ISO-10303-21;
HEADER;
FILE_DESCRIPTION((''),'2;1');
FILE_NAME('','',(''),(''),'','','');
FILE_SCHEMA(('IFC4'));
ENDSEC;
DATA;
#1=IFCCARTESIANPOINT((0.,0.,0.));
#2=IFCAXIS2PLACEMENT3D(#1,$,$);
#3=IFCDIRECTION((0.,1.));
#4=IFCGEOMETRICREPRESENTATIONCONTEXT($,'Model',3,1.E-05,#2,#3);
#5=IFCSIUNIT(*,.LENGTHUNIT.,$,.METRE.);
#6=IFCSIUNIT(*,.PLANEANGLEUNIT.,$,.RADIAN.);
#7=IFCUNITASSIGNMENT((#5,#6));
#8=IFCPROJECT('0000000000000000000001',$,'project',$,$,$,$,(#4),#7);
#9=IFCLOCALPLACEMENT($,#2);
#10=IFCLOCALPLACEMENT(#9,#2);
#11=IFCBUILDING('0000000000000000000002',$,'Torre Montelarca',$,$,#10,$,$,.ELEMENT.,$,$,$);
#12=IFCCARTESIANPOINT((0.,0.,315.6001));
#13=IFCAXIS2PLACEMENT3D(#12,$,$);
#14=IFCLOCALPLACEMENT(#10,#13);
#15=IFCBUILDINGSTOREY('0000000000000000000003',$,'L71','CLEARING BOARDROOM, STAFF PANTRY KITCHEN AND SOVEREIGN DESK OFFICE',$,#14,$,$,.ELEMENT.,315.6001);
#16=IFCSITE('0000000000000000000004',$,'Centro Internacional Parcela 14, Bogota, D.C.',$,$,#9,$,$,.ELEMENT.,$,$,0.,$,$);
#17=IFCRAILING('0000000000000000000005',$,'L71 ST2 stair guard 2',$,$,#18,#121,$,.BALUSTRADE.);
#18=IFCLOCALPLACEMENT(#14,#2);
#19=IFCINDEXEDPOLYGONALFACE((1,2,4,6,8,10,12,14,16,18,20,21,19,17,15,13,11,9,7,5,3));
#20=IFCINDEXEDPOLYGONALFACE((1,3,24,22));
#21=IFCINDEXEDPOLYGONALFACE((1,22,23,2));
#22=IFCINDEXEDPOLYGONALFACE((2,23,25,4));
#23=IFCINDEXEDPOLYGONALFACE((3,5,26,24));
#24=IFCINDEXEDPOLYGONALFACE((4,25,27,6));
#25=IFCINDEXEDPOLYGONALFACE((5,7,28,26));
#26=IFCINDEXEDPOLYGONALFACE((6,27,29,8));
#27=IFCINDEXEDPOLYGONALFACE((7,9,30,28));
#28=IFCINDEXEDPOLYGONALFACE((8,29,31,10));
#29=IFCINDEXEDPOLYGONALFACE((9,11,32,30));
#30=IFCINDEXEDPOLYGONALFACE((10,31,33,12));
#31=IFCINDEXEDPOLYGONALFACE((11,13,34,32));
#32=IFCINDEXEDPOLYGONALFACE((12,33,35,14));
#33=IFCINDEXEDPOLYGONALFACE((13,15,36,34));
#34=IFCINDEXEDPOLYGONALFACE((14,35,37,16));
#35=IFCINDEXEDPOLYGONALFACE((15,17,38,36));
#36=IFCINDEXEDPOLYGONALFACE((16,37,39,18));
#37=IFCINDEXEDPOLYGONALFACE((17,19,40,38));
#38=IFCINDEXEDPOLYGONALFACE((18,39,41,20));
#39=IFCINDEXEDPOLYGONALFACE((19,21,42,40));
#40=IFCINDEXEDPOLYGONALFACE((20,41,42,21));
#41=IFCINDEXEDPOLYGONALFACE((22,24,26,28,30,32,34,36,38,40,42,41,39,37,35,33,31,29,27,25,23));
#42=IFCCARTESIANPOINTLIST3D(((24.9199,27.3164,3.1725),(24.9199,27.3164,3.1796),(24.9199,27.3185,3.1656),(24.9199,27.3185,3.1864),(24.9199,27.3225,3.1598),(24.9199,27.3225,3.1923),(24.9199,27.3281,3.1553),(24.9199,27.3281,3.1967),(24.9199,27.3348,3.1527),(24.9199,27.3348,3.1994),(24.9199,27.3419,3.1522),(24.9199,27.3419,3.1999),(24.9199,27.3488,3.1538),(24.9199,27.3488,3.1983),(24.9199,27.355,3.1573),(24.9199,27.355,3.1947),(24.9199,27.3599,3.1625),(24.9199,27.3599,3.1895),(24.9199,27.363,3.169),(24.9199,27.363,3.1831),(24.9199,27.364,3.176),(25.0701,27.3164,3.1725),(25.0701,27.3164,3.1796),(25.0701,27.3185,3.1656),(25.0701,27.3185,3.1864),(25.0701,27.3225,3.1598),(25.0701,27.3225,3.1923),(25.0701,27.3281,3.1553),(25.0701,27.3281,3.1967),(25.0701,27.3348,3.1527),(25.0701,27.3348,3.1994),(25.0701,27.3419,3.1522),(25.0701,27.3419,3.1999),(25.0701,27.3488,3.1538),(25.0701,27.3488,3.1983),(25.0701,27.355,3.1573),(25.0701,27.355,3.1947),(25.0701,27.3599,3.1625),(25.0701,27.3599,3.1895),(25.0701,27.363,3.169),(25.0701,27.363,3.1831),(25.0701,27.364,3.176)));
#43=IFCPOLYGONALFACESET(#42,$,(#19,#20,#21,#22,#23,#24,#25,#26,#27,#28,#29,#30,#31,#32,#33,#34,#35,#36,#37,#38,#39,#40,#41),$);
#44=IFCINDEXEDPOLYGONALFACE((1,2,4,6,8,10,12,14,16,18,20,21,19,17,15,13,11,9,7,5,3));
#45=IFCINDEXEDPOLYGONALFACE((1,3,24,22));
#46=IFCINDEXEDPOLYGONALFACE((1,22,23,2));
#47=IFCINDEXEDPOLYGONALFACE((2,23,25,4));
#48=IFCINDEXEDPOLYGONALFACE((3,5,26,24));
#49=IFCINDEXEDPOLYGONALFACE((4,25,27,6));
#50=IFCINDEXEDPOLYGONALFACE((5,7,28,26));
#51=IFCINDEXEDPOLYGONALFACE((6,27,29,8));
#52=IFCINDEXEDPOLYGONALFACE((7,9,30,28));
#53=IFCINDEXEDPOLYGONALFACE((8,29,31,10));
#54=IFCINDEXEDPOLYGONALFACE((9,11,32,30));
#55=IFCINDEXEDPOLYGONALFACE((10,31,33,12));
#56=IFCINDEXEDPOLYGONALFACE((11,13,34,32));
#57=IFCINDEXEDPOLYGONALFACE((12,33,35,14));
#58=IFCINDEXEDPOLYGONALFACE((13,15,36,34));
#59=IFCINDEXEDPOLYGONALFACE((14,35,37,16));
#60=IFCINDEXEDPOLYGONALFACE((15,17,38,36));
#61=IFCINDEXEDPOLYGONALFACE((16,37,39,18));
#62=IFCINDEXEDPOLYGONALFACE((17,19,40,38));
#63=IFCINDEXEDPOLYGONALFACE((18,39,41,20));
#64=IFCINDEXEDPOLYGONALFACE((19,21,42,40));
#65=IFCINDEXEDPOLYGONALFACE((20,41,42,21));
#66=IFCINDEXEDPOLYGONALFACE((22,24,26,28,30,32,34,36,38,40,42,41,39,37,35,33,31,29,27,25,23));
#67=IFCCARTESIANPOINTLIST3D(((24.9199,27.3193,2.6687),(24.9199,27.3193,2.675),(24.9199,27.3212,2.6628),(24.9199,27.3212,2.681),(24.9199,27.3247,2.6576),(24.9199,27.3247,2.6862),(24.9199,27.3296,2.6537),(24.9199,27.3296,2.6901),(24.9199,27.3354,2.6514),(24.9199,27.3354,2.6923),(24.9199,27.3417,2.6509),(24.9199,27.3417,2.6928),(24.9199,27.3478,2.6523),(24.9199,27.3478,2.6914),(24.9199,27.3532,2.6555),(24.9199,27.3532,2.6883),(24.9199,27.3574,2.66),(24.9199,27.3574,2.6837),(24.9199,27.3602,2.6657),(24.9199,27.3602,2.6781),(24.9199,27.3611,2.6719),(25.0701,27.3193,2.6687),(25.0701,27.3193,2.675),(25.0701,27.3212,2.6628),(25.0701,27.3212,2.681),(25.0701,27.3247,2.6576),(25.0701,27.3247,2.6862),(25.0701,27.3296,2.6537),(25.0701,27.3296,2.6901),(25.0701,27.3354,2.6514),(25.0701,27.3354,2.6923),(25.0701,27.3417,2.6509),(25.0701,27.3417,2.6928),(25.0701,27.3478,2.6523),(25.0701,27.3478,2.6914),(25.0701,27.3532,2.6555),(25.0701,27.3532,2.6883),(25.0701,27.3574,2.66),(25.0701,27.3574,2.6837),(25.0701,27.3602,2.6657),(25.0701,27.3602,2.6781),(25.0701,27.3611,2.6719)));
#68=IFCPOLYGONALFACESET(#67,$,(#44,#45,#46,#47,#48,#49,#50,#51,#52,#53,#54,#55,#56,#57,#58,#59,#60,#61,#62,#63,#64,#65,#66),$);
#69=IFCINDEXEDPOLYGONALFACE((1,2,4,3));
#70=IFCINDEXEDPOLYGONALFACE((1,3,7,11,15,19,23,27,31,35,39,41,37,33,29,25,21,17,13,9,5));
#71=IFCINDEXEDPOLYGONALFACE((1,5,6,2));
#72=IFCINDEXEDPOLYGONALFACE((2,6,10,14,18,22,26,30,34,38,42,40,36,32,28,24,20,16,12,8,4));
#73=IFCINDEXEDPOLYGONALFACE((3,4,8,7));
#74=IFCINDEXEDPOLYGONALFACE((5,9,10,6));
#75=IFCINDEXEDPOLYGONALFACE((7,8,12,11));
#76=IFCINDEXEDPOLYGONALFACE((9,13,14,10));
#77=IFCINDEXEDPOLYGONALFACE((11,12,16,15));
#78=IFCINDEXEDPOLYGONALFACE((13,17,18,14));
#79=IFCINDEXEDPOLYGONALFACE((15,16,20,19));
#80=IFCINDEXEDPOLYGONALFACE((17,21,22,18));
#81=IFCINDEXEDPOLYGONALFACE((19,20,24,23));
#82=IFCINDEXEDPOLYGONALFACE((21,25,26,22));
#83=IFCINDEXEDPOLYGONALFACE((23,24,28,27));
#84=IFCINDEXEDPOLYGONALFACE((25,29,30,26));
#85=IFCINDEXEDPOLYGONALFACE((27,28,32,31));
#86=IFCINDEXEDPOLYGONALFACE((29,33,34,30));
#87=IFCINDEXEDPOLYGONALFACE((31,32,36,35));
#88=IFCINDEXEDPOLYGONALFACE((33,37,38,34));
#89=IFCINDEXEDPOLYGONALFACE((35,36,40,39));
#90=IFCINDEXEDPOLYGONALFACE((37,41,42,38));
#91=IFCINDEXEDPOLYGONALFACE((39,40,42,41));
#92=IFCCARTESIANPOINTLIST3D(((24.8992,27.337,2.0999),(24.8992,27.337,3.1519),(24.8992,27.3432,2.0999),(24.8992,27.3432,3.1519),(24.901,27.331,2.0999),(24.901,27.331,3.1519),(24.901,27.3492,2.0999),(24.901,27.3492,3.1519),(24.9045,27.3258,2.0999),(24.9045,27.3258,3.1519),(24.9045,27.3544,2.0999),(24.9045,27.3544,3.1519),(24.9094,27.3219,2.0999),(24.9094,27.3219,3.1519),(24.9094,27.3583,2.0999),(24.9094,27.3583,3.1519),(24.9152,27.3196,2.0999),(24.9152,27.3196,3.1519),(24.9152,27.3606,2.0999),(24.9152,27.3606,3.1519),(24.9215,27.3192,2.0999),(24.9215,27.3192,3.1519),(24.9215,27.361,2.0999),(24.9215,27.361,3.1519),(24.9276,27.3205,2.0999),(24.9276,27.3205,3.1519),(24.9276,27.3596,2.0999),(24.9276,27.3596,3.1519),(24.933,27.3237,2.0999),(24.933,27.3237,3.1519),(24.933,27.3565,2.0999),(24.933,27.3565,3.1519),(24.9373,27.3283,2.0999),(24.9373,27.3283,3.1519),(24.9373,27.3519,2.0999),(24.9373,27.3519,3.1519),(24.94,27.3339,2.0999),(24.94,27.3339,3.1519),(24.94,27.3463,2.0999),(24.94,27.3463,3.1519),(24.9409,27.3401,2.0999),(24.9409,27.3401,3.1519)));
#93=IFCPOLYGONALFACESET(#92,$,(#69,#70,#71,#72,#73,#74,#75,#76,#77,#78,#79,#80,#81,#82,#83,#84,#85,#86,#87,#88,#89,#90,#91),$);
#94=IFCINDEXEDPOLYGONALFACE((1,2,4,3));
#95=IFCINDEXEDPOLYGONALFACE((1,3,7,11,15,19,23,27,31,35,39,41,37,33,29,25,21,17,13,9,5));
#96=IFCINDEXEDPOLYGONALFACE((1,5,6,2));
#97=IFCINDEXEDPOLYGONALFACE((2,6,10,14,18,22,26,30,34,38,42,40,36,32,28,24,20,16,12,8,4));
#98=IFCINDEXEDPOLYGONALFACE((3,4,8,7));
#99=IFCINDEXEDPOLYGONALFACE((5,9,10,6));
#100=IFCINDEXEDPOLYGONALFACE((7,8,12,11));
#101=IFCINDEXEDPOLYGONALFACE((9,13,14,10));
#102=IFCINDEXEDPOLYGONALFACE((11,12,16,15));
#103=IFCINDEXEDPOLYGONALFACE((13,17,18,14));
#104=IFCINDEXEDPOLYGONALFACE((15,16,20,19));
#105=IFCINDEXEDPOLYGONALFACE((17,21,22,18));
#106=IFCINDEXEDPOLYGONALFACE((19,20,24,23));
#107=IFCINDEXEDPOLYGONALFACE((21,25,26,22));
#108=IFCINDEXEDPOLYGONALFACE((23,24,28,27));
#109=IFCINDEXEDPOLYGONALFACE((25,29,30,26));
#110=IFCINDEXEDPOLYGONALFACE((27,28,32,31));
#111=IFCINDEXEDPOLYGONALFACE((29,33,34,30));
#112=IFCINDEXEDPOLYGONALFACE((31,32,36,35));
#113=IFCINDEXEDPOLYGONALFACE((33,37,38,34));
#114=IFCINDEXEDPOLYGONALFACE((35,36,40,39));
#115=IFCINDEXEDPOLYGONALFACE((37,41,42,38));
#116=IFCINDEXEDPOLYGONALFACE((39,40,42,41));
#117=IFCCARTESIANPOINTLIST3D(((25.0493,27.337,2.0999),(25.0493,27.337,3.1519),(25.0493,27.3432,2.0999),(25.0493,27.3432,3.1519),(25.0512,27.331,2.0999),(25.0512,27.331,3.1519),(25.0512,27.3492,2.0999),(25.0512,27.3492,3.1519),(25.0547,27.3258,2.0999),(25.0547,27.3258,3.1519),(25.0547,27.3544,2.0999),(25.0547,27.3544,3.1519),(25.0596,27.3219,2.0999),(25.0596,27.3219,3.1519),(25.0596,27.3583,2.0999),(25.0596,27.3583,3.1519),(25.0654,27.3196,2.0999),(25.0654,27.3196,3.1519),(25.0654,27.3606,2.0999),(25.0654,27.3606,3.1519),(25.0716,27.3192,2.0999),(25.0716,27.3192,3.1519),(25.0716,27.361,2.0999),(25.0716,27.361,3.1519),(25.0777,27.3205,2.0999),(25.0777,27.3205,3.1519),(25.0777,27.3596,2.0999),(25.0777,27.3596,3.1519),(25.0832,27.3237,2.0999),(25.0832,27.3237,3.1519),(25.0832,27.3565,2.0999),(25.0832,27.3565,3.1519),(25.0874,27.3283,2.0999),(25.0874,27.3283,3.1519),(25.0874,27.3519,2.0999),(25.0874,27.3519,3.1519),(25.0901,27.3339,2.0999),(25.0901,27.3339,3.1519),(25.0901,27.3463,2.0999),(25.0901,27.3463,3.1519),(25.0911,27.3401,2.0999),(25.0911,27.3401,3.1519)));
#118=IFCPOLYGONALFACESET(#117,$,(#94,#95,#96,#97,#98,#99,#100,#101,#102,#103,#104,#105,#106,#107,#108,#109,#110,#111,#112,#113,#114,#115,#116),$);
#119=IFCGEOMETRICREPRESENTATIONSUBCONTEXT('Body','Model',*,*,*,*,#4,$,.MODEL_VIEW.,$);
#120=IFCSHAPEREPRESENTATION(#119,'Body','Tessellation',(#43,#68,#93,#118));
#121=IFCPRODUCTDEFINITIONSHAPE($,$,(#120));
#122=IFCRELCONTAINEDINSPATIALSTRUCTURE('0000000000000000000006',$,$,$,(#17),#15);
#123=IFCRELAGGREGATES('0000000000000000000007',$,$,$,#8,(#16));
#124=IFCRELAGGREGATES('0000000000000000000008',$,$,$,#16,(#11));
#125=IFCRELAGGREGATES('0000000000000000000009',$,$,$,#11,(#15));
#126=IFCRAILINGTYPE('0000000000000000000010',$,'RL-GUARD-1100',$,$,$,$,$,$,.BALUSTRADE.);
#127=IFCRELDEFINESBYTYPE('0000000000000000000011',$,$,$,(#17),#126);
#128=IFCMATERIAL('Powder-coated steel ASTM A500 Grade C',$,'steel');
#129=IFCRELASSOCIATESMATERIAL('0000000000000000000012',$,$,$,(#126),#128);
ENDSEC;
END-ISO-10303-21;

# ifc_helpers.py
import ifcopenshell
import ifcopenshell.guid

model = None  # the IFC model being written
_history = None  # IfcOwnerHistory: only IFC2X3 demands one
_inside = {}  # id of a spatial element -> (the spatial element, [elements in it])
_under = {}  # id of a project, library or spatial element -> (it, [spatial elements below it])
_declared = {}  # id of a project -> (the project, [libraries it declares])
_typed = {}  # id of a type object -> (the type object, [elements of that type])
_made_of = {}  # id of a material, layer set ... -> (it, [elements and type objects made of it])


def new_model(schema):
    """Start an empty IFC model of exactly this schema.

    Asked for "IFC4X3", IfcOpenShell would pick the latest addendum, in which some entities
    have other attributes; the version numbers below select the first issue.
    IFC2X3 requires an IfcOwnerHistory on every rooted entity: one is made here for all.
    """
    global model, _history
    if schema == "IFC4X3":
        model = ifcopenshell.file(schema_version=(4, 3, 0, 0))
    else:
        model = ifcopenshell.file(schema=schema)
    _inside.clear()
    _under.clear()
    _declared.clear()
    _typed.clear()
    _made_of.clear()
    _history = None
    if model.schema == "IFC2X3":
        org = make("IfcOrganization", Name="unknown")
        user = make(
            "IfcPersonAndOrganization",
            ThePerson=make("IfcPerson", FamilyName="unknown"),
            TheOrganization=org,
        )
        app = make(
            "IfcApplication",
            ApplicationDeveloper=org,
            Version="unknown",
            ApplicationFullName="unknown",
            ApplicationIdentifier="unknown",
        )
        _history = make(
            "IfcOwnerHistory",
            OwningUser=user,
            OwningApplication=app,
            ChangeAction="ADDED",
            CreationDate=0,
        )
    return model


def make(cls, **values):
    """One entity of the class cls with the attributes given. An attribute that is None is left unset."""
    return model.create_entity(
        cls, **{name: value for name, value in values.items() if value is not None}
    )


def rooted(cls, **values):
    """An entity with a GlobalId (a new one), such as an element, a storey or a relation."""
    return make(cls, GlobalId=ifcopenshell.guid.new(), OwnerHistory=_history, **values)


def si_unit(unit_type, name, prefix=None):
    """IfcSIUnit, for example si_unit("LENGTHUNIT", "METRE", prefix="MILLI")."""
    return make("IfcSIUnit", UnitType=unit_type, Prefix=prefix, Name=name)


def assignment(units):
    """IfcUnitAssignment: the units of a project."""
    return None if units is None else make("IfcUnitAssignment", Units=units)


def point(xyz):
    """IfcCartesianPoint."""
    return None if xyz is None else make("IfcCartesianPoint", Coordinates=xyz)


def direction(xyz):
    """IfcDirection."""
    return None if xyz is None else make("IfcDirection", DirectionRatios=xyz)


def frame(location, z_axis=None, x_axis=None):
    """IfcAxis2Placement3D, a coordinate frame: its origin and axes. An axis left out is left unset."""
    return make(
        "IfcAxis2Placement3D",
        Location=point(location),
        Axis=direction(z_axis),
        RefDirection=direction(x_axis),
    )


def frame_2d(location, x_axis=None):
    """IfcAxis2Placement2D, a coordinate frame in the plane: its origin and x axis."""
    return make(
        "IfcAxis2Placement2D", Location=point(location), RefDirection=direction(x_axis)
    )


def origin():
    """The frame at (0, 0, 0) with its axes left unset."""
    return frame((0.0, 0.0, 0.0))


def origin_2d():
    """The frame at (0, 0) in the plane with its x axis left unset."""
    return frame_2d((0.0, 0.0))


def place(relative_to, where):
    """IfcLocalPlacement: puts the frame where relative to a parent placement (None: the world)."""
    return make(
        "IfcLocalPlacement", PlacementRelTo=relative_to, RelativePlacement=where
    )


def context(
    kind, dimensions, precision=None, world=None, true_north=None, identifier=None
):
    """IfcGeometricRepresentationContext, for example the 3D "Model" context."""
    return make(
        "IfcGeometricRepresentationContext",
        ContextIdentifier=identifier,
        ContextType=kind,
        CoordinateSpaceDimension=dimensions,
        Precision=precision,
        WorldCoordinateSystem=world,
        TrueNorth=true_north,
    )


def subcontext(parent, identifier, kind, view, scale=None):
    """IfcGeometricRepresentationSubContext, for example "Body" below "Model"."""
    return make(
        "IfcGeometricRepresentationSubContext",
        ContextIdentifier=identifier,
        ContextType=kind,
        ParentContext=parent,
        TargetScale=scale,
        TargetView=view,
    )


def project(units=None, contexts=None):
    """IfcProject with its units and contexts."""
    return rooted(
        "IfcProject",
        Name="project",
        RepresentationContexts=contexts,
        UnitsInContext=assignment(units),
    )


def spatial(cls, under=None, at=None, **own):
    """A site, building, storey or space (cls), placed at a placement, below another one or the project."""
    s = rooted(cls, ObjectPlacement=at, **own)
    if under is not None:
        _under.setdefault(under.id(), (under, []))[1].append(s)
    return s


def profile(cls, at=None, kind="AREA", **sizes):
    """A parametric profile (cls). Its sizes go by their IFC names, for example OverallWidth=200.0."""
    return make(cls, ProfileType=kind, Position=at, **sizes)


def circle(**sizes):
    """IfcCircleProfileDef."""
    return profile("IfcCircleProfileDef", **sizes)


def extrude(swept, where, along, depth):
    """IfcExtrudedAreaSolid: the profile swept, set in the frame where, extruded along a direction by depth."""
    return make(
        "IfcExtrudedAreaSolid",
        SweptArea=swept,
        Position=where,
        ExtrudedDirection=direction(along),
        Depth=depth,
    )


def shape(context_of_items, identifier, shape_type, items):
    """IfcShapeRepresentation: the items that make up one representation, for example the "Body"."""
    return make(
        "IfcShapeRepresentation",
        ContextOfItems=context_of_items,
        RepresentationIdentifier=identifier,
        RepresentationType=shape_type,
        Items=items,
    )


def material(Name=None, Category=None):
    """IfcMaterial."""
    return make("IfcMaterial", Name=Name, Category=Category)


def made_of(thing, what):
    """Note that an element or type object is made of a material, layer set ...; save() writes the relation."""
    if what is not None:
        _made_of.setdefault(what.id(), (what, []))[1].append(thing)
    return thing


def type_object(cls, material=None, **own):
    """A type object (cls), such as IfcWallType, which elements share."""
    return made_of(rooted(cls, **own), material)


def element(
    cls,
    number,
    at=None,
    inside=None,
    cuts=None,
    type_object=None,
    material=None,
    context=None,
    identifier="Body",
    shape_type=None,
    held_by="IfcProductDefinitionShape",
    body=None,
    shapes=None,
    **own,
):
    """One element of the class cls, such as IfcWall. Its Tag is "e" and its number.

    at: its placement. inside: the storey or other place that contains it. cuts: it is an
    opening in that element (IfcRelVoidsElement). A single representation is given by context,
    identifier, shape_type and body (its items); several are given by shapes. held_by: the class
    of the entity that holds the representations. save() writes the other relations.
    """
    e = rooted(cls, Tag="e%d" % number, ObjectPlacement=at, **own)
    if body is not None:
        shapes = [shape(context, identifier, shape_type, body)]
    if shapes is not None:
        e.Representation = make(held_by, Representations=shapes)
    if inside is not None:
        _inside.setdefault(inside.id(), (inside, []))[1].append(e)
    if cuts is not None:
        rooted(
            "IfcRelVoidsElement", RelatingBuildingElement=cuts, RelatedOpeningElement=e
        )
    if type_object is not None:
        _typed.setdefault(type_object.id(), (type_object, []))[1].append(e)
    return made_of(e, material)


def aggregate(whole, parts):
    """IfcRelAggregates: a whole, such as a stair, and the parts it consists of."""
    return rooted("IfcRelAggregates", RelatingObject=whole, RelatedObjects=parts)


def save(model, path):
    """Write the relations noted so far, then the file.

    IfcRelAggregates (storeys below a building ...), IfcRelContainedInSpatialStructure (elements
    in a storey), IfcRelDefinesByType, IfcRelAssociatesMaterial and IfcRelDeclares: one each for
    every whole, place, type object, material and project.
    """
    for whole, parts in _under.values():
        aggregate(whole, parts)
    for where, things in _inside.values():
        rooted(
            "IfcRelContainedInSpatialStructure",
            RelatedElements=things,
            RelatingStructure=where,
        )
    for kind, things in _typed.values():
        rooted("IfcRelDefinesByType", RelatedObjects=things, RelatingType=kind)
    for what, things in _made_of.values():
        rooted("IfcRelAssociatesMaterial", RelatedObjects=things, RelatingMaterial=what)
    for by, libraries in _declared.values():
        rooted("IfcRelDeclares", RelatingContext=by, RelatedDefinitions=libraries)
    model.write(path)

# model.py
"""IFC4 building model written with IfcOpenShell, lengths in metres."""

from ifc_helpers import new_model, si_unit, direction, frame, origin, origin_2d, place, context, subcontext, project, spatial, circle, extrude, material, type_object, element, save


model = new_model("IFC4")

# Units and contexts
model_context = context("Model", 3, precision=1e-05, world=origin(), true_north=direction((0.0, 1.0)))
body_context = subcontext(model_context, "Body", "Model", "MODEL_VIEW")
ifc_project = project(units=[si_unit("LENGTHUNIT", "METRE"), si_unit("PLANEANGLEUNIT", "RADIAN")], contexts=[model_context])

# Site, building, storey
site_placement = place(None, origin())
site = spatial("IfcSite", under=ifc_project, at=site_placement, Name="Centro Internacional Parcela 14, Bogota, D.C.", CompositionType="ELEMENT", RefElevation=0.0)
building_placement = place(site_placement, origin())
building = spatial("IfcBuilding", under=site, at=building_placement, Name="Torre Montelarca", CompositionType="ELEMENT")
storey_placement = place(building_placement, frame((0.0, 0.0, 315.6001)))
storey = spatial("IfcBuildingStorey", under=building, at=storey_placement, Name="L71", Description="CLEARING BOARDROOM, STAFF PANTRY KITCHEN AND SOVEREIGN DESK OFFICE", CompositionType="ELEMENT", Elevation=315.6001)

# Railing
ifc_material_1 = material(Name="Powder-coated steel ASTM A500 Grade C", Category="steel")
railing_type_1 = type_object("IfcRailingType", Name="RL-GUARD-1100", PredefinedType="BALUSTRADE", material=ifc_material_1)
railing_1_placement = place(storey_placement, frame((24.9199, 27.3401, 2.0999)))
element("IfcRailing", 1, at=railing_1_placement, inside=storey, type_object=railing_type_1, Name="L71 ST2 stair guard 2", PredefinedType="BALUSTRADE", context=body_context, shape_type="SweptSolid", body=[
    extrude(circle(Radius=0.0239, at=origin_2d()), frame((0.0, 0.0, 1.0762), z_axis=(1.0, 0.0, 0.0), x_axis=(0.0, 1.0, 0.0)), (0.0, 0.0, 1.0), 0.1501),
    extrude(circle(Radius=0.021, at=origin_2d()), frame((0.0, 0.0, 0.572), z_axis=(1.0, 0.0, 0.0), x_axis=(0.0, 1.0, 0.0)), (0.0, 0.0, 1.0), 0.1501),
    extrude(circle(Radius=0.021, at=origin_2d()), origin(), (0.0, 0.0, 1.0), 1.052),
    extrude(circle(Radius=0.021, at=origin_2d()), frame((0.1501, 0.0, 0.0)), (0.0, 0.0, 1.0), 1.052),
])

save(model, "model.ifc")
